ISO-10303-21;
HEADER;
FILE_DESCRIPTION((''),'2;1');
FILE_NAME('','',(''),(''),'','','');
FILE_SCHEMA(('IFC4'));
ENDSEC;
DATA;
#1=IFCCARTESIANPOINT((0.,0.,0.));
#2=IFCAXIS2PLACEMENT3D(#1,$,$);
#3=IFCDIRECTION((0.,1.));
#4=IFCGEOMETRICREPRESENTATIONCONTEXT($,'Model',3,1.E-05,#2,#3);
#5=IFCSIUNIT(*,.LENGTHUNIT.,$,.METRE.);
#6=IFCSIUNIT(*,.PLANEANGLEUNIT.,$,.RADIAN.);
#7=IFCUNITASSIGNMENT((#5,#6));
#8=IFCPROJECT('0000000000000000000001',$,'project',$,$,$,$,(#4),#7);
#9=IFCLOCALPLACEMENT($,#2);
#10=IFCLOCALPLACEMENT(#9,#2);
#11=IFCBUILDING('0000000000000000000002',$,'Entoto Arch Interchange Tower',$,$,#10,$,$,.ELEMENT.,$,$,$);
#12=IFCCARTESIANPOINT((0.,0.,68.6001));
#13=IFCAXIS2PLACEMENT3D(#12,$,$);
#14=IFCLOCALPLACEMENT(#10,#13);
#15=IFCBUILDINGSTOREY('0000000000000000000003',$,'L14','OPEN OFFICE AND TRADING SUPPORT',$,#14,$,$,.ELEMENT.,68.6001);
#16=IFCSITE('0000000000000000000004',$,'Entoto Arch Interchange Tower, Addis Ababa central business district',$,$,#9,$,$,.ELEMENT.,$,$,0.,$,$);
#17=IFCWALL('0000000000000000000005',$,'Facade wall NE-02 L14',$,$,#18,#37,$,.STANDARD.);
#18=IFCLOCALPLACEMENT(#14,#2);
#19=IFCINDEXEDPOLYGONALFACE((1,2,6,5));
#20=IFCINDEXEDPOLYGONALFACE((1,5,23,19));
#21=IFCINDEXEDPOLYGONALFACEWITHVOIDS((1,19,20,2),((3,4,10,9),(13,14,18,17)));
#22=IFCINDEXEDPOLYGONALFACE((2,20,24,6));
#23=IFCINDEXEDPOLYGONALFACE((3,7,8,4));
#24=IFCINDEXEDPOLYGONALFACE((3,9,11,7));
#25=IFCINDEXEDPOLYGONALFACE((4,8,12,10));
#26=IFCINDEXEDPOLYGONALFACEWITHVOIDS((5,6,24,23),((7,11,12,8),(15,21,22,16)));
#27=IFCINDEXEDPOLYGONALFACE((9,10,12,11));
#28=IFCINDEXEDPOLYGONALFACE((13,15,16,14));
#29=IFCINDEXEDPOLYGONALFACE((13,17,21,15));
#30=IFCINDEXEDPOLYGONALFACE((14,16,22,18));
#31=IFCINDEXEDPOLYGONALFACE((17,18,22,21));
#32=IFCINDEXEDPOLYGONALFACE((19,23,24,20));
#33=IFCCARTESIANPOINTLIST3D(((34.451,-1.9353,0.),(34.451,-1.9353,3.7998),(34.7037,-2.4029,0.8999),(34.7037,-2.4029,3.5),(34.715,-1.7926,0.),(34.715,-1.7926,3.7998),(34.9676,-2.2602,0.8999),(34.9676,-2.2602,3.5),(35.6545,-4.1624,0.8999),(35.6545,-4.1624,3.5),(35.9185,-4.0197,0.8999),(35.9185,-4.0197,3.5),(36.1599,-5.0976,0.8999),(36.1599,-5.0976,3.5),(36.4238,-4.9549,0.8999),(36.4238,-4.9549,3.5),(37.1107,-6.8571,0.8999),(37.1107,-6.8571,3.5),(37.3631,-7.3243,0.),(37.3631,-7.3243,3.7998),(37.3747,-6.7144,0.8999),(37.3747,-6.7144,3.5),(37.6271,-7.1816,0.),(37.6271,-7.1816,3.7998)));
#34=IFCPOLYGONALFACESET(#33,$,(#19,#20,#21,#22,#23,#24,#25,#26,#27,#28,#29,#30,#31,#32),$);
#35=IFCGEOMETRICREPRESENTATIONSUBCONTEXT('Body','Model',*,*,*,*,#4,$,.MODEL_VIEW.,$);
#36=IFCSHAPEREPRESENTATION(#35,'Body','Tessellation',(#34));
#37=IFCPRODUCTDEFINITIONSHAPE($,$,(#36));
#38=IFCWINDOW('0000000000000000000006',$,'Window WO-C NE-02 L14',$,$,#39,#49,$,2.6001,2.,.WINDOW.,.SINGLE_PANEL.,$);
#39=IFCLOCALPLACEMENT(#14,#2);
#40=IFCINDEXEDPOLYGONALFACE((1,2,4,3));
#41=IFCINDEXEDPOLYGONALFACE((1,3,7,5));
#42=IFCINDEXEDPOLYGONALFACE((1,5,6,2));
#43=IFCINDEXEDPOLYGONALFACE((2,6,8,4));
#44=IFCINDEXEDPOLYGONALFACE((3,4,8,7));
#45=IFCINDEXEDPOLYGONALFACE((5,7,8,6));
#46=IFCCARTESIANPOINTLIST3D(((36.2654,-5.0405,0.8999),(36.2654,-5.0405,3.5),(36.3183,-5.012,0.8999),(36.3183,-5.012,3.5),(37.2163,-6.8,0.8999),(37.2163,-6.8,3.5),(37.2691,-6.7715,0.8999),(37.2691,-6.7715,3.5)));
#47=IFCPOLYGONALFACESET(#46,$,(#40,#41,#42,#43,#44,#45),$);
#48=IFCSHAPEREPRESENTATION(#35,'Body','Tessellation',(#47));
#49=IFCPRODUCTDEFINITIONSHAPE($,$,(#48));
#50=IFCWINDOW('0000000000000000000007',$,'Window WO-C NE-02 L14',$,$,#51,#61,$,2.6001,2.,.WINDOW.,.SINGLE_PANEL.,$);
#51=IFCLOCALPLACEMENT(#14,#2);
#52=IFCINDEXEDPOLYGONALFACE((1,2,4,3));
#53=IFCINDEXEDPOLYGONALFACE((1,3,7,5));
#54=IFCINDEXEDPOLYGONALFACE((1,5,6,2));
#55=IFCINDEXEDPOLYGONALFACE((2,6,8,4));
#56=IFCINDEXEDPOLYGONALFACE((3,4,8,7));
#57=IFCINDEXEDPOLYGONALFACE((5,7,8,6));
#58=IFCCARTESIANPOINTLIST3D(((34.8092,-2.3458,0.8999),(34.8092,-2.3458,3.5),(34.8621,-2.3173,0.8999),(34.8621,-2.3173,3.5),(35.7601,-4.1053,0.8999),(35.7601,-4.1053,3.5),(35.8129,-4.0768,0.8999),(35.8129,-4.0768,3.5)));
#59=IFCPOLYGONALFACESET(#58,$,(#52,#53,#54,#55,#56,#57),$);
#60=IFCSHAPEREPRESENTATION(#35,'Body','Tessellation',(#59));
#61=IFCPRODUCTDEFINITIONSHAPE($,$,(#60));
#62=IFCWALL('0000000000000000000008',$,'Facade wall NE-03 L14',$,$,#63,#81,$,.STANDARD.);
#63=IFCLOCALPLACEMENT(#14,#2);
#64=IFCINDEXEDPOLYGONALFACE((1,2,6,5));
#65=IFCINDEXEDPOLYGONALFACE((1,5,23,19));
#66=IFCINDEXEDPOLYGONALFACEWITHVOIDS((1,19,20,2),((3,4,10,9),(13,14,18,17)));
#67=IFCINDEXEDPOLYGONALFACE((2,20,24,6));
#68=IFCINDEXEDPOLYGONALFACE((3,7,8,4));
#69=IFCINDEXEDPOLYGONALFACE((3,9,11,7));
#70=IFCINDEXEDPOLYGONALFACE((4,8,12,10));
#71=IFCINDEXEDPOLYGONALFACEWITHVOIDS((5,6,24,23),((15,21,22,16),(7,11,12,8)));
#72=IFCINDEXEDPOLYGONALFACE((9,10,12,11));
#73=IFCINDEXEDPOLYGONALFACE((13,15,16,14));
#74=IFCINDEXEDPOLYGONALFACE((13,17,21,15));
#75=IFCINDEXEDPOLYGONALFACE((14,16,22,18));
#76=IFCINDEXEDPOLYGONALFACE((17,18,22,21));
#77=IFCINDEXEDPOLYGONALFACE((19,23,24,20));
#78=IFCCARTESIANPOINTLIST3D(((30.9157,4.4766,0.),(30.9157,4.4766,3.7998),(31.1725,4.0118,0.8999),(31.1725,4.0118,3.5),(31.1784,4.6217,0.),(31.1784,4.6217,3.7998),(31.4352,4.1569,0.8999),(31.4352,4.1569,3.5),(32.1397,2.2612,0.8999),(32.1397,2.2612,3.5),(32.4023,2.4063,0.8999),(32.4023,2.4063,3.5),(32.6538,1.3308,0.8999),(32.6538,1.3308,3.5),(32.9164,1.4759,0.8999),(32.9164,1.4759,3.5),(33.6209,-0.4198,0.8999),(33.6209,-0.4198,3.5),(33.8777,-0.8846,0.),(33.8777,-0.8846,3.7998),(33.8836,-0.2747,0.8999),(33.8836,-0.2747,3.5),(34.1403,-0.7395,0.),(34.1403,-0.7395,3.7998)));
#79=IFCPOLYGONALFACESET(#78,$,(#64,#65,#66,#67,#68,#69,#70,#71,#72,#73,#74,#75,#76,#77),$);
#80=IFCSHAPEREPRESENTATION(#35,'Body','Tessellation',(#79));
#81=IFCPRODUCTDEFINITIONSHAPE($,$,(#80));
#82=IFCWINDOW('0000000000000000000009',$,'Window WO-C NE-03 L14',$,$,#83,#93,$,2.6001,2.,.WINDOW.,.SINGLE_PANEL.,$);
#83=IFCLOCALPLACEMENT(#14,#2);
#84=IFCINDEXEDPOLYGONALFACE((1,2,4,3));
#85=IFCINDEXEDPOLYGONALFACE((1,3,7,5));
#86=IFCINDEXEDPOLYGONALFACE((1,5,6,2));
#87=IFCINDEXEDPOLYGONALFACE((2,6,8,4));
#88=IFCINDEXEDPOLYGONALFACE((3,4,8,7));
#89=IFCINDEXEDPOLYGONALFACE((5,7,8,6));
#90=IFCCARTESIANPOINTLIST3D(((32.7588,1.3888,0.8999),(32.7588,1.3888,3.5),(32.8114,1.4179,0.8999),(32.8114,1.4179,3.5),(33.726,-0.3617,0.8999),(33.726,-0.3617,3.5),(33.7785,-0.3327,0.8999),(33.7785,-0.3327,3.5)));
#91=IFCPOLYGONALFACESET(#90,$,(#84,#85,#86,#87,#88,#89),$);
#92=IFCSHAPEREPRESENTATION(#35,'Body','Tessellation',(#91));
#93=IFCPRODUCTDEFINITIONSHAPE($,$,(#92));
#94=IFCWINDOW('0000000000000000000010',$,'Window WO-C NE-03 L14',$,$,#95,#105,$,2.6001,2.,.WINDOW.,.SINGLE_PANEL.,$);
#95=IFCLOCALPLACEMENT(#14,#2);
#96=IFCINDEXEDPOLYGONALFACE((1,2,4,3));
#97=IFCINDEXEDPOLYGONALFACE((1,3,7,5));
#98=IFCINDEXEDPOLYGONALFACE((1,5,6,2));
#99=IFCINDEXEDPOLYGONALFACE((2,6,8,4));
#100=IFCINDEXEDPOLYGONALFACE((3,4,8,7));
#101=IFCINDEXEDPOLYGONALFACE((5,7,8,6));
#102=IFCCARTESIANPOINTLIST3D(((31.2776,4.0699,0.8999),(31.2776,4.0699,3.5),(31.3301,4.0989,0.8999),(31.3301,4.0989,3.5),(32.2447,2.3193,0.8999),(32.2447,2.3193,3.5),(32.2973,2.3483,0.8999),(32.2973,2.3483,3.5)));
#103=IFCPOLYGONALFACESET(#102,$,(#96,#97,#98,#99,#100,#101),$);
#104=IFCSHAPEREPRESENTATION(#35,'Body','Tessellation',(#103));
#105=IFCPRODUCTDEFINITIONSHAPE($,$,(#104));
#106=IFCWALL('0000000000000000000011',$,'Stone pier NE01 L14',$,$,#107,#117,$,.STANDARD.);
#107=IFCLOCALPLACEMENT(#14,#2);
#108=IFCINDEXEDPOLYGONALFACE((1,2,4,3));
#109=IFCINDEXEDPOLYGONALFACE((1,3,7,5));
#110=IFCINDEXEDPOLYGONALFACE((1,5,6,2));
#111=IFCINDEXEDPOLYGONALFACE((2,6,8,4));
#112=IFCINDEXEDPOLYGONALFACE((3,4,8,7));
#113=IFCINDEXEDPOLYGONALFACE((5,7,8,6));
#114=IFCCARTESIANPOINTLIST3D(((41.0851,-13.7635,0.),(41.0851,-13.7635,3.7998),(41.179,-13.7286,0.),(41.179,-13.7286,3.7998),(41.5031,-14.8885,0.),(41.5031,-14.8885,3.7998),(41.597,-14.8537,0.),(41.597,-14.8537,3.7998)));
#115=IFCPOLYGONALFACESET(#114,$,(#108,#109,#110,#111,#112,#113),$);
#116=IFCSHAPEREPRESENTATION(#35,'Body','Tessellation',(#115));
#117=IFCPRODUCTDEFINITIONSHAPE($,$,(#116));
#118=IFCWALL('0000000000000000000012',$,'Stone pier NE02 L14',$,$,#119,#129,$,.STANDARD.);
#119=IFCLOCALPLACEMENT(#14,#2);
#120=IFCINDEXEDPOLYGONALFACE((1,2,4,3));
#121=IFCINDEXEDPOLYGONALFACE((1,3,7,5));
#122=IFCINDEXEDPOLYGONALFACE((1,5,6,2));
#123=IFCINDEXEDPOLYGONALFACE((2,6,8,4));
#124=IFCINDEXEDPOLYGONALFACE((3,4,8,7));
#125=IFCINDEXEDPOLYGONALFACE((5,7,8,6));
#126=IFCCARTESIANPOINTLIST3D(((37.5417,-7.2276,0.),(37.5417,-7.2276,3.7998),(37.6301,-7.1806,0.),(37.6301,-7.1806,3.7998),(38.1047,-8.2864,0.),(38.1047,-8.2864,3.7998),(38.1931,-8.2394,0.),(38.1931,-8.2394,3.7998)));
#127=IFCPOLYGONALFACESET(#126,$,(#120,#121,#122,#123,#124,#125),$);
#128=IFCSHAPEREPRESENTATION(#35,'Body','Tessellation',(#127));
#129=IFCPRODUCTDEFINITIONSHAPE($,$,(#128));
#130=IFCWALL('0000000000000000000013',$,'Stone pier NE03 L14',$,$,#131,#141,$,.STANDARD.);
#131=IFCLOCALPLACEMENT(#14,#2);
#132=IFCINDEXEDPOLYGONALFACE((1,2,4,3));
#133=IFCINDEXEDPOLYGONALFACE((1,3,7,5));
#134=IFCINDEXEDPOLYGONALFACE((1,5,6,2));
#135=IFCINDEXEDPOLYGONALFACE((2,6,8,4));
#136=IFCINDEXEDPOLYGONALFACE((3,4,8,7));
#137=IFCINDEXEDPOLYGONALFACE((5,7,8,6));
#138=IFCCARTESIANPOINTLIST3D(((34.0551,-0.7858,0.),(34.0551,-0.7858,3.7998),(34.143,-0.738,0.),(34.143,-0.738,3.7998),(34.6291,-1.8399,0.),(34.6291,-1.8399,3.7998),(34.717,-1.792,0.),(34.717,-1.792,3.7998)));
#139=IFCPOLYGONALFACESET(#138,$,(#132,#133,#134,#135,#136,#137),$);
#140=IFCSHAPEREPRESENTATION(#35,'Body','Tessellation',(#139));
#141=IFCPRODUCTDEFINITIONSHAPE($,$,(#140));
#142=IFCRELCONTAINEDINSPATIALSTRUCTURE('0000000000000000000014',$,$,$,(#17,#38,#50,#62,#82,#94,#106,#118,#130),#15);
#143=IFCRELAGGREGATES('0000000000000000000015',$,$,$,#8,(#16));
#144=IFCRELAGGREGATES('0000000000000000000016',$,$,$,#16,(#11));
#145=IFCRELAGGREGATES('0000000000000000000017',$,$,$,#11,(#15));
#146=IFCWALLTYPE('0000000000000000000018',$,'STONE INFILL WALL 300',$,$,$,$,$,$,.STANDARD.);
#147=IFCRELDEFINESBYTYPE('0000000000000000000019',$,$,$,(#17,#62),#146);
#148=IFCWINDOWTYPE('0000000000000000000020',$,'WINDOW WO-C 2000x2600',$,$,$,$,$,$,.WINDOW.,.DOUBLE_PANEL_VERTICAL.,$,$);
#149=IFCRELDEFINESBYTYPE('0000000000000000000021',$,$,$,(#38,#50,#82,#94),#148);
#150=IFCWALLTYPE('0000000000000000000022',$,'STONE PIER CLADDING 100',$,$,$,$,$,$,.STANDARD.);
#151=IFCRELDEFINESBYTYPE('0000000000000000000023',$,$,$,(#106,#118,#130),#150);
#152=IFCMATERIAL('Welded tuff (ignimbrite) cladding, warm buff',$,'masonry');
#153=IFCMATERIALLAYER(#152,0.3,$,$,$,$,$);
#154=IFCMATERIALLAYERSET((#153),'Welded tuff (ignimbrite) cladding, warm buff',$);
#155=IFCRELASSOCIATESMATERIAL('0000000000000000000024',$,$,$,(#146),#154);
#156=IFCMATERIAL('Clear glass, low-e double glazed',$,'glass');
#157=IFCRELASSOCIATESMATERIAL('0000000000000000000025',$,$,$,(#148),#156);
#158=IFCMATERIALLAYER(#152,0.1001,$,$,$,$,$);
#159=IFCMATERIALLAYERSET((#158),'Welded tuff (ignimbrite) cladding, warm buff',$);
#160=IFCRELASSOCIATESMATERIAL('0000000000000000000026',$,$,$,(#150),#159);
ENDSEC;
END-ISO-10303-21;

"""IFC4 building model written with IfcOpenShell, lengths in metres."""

from ifc_helpers import new_model, si_unit, direction, frame, frame_2d, origin, place, context, subcontext, project, spatial, rectangle, extrude, material, layer, layer_set, type_object, element, fill, save


model = new_model("IFC4")

# Units and contexts
model_context = context("Model", 3, precision=1e-05, world=origin(), true_north=direction((0.0, 1.0)))
body_context = subcontext(model_context, "Body", "Model", "MODEL_VIEW")
ifc_project = project(units=[si_unit("LENGTHUNIT", "METRE"), si_unit("PLANEANGLEUNIT", "RADIAN")], contexts=[model_context])

# Site, building, storey
site_placement = place(None, origin())
site = spatial("IfcSite", under=ifc_project, at=site_placement, Name="Entoto Arch Interchange Tower, Addis Ababa central business district", CompositionType="ELEMENT", RefElevation=0.0)
building_placement = place(site_placement, origin())
building = spatial("IfcBuilding", under=site, at=building_placement, Name="Entoto Arch Interchange Tower", CompositionType="ELEMENT")
storey_placement = place(building_placement, frame((0.0, 0.0, 68.6001)))
storey = spatial("IfcBuildingStorey", under=building, at=storey_placement, Name="L14", Description="OPEN OFFICE AND TRADING SUPPORT", CompositionType="ELEMENT", Elevation=68.6001)

# Shared definitions
ifc_material_1 = material(Name="Welded tuff (ignimbrite) cladding, warm buff", Category="masonry")
ifc_layer_1 = layer(ifc_material_1, 0.3)
ifc_layer_set_1 = layer_set([ifc_layer_1], Name="Welded tuff (ignimbrite) cladding, warm buff")
wall_type_1 = type_object("IfcWallType", Name="STONE INFILL WALL 300", PredefinedType="STANDARD", material=ifc_layer_set_1)
ifc_material_2 = material(Name="Clear glass, low-e double glazed", Category="glass")

# Walls, openings, windows
window_type_1 = type_object("IfcWindowType", Name="WINDOW WO-C 2000x2600", PartitioningType="DOUBLE_PANEL_VERTICAL", PredefinedType="WINDOW", material=ifc_material_2)
wall_1_placement = place(storey_placement, frame((37.4951, -7.2529, 0.0), z_axis=(0.0, 0.0, 1.0), x_axis=(-0.475414, 0.879762, 0.0)))
wall_1 = element("IfcWall", 1, at=wall_1_placement, inside=storey, type_object=wall_type_1, Name="Facade wall NE-02 L14", PredefinedType="STANDARD", context=body_context, shape_type="SweptSolid", body=[
    extrude(rectangle(XDim=6.1255, YDim=0.3, at=frame_2d((3.0627, 0.0))), origin(), (0.0, 0.0, 1.0), 3.7998),
])
opening_1_placement = place(wall_1_placement, frame((0.531, 0.0, 0.8999)))
opening_1 = element("IfcOpeningElement", 2, at=opening_1_placement, cuts=wall_1, PredefinedType="OPENING", context=body_context, shape_type="SweptSolid", body=[
    extrude(rectangle(XDim=2.0, YDim=2.6001, at=frame_2d((1.0, 1.3))), frame((0.0, 0.1602, 0.0), z_axis=(0.0, -1.0, 0.0), x_axis=(1.0, 0.0, 0.0)), (0.0, 0.0, 1.0), 0.3201),
])
opening_2_placement = place(wall_1_placement, frame((3.594, 0.0, 0.8999)))
opening_2 = element("IfcOpeningElement", 3, at=opening_2_placement, cuts=wall_1, PredefinedType="OPENING", context=body_context, shape_type="SweptSolid", body=[
    extrude(rectangle(XDim=2.0, YDim=2.6001, at=frame_2d((1.0, 1.3))), frame((0.0, 0.1602, 0.0), z_axis=(0.0, -1.0, 0.0), x_axis=(1.0, 0.0, 0.0)), (0.0, 0.0, 1.0), 0.3201),
])
window_1_placement = place(opening_1_placement, origin())
window_1 = element("IfcWindow", 4, at=window_1_placement, inside=storey, type_object=window_type_1, Name="Window WO-C NE-02 L14", OverallHeight=2.6001, OverallWidth=2.0, PartitioningType="SINGLE_PANEL", PredefinedType="WINDOW", context=body_context, shape_type="SweptSolid", body=[
    extrude(rectangle(XDim=2.0, YDim=2.6001, at=frame_2d((1.0, 1.3))), frame((0.0, 0.03, 0.0), z_axis=(0.0, -1.0, 0.0), x_axis=(1.0, 0.0, 0.0)), (0.0, 0.0, 1.0), 0.0601),
])
fill(opening_1, window_1)
window_2_placement = place(opening_2_placement, origin())
window_2 = element("IfcWindow", 5, at=window_2_placement, inside=storey, type_object=window_type_1, Name="Window WO-C NE-02 L14", OverallHeight=2.6001, OverallWidth=2.0, PartitioningType="SINGLE_PANEL", PredefinedType="WINDOW", context=body_context, shape_type="SweptSolid", body=[
    extrude(rectangle(XDim=2.0, YDim=2.6001, at=frame_2d((1.0, 1.3))), frame((0.0, 0.03, 0.0), z_axis=(0.0, -1.0, 0.0), x_axis=(1.0, 0.0, 0.0)), (0.0, 0.0, 1.0), 0.0601),
])
fill(opening_2, window_2)
wall_2_placement = place(storey_placement, frame((34.009, -0.812, 0.0), z_axis=(0.0, 0.0, 1.0), x_axis=(-0.483587, 0.875296, 0.0)))
wall_2 = element("IfcWall", 6, at=wall_2_placement, inside=storey, type_object=wall_type_1, Name="Facade wall NE-03 L14", PredefinedType="STANDARD", context=body_context, shape_type="SweptSolid", body=[
    extrude(rectangle(XDim=6.125, YDim=0.3, at=frame_2d((3.0625, 0.0))), origin(), (0.0, 0.0, 1.0), 3.7998),
])
opening_3_placement = place(wall_2_placement, frame((0.531, 0.0, 0.8999)))
opening_3 = element("IfcOpeningElement", 7, at=opening_3_placement, cuts=wall_2, PredefinedType="OPENING", context=body_context, shape_type="SweptSolid", body=[
    extrude(rectangle(XDim=2.0, YDim=2.6001, at=frame_2d((1.0, 1.3))), frame((0.0, 0.1602, 0.0), z_axis=(0.0, -1.0, 0.0), x_axis=(1.0, 0.0, 0.0)), (0.0, 0.0, 1.0), 0.3201),
])
opening_4_placement = place(wall_2_placement, frame((3.594, 0.0, 0.8999)))
opening_4 = element("IfcOpeningElement", 8, at=opening_4_placement, cuts=wall_2, PredefinedType="OPENING", context=body_context, shape_type="SweptSolid", body=[
    extrude(rectangle(XDim=2.0, YDim=2.6001, at=frame_2d((1.0, 1.3))), frame((0.0, 0.1602, 0.0), z_axis=(0.0, -1.0, 0.0), x_axis=(1.0, 0.0, 0.0)), (0.0, 0.0, 1.0), 0.3201),
])
window_3_placement = place(opening_3_placement, origin())
window_3 = element("IfcWindow", 9, at=window_3_placement, inside=storey, type_object=window_type_1, Name="Window WO-C NE-03 L14", OverallHeight=2.6001, OverallWidth=2.0, PartitioningType="SINGLE_PANEL", PredefinedType="WINDOW", context=body_context, shape_type="SweptSolid", body=[
    extrude(rectangle(XDim=2.0, YDim=2.6001, at=frame_2d((1.0, 1.3))), frame((0.0, 0.03, 0.0), z_axis=(0.0, -1.0, 0.0), x_axis=(1.0, 0.0, 0.0)), (0.0, 0.0, 1.0), 0.0601),
])
fill(opening_3, window_3)
window_4_placement = place(opening_4_placement, origin())
window_4 = element("IfcWindow", 10, at=window_4_placement, inside=storey, type_object=window_type_1, Name="Window WO-C NE-03 L14", OverallHeight=2.6001, OverallWidth=2.0, PartitioningType="SINGLE_PANEL", PredefinedType="WINDOW", context=body_context, shape_type="SweptSolid", body=[
    extrude(rectangle(XDim=2.0, YDim=2.6001, at=frame_2d((1.0, 1.3))), frame((0.0, 0.03, 0.0), z_axis=(0.0, -1.0, 0.0), x_axis=(1.0, 0.0, 0.0)), (0.0, 0.0, 1.0), 0.0601),
])
fill(opening_4, window_4)

# Walls
ifc_layer_2 = layer(ifc_material_1, 0.1001)
ifc_layer_set_2 = layer_set([ifc_layer_2], Name="Welded tuff (ignimbrite) cladding, warm buff")
wall_type_2 = type_object("IfcWallType", Name="STONE PIER CLADDING 100", PredefinedType="STANDARD", material=ifc_layer_set_2)
wall_3_placement = place(storey_placement, frame((41.55, -14.8711, 0.0), z_axis=(0.0, 0.0, 1.0), x_axis=(-0.348268, 0.937395, 0.0)))
element("IfcWall", 11, at=wall_3_placement, inside=storey, type_object=wall_type_2, Name="Stone pier NE01 L14", PredefinedType="STANDARD", context=body_context, shape_type="SweptSolid", body=[
    extrude(rectangle(XDim=1.2002, YDim=0.1001, at=frame_2d((0.6001, 0.0))), origin(), (0.0, 0.0, 1.0), 3.7998),
])
wall_4_placement = place(storey_placement, frame((38.1489, -8.2629, 0.0), z_axis=(0.0, 0.0, 1.0), x_axis=(-0.469468, 0.88295, 0.0)))
element("IfcWall", 12, at=wall_4_placement, inside=storey, type_object=wall_type_2, Name="Stone pier NE02 L14", PredefinedType="STANDARD", context=body_context, shape_type="SweptSolid", body=[
    extrude(rectangle(XDim=1.1992, YDim=0.1001, at=frame_2d((0.5996, 0.0))), origin(), (0.0, 0.0, 1.0), 3.7998),
])
wall_5_placement = place(storey_placement, frame((34.6731, -1.8159, 0.0), z_axis=(0.0, 0.0, 1.0), x_axis=(-0.478268, 0.878214, 0.0)))
element("IfcWall", 13, at=wall_5_placement, inside=storey, type_object=wall_type_2, Name="Stone pier NE03 L14", PredefinedType="STANDARD", context=body_context, shape_type="SweptSolid", body=[
    extrude(rectangle(XDim=1.2002, YDim=0.1001, at=frame_2d((0.6001, 0.0))), origin(), (0.0, 0.0, 1.0), 3.7998),
])

save(model, "model.ifc")
